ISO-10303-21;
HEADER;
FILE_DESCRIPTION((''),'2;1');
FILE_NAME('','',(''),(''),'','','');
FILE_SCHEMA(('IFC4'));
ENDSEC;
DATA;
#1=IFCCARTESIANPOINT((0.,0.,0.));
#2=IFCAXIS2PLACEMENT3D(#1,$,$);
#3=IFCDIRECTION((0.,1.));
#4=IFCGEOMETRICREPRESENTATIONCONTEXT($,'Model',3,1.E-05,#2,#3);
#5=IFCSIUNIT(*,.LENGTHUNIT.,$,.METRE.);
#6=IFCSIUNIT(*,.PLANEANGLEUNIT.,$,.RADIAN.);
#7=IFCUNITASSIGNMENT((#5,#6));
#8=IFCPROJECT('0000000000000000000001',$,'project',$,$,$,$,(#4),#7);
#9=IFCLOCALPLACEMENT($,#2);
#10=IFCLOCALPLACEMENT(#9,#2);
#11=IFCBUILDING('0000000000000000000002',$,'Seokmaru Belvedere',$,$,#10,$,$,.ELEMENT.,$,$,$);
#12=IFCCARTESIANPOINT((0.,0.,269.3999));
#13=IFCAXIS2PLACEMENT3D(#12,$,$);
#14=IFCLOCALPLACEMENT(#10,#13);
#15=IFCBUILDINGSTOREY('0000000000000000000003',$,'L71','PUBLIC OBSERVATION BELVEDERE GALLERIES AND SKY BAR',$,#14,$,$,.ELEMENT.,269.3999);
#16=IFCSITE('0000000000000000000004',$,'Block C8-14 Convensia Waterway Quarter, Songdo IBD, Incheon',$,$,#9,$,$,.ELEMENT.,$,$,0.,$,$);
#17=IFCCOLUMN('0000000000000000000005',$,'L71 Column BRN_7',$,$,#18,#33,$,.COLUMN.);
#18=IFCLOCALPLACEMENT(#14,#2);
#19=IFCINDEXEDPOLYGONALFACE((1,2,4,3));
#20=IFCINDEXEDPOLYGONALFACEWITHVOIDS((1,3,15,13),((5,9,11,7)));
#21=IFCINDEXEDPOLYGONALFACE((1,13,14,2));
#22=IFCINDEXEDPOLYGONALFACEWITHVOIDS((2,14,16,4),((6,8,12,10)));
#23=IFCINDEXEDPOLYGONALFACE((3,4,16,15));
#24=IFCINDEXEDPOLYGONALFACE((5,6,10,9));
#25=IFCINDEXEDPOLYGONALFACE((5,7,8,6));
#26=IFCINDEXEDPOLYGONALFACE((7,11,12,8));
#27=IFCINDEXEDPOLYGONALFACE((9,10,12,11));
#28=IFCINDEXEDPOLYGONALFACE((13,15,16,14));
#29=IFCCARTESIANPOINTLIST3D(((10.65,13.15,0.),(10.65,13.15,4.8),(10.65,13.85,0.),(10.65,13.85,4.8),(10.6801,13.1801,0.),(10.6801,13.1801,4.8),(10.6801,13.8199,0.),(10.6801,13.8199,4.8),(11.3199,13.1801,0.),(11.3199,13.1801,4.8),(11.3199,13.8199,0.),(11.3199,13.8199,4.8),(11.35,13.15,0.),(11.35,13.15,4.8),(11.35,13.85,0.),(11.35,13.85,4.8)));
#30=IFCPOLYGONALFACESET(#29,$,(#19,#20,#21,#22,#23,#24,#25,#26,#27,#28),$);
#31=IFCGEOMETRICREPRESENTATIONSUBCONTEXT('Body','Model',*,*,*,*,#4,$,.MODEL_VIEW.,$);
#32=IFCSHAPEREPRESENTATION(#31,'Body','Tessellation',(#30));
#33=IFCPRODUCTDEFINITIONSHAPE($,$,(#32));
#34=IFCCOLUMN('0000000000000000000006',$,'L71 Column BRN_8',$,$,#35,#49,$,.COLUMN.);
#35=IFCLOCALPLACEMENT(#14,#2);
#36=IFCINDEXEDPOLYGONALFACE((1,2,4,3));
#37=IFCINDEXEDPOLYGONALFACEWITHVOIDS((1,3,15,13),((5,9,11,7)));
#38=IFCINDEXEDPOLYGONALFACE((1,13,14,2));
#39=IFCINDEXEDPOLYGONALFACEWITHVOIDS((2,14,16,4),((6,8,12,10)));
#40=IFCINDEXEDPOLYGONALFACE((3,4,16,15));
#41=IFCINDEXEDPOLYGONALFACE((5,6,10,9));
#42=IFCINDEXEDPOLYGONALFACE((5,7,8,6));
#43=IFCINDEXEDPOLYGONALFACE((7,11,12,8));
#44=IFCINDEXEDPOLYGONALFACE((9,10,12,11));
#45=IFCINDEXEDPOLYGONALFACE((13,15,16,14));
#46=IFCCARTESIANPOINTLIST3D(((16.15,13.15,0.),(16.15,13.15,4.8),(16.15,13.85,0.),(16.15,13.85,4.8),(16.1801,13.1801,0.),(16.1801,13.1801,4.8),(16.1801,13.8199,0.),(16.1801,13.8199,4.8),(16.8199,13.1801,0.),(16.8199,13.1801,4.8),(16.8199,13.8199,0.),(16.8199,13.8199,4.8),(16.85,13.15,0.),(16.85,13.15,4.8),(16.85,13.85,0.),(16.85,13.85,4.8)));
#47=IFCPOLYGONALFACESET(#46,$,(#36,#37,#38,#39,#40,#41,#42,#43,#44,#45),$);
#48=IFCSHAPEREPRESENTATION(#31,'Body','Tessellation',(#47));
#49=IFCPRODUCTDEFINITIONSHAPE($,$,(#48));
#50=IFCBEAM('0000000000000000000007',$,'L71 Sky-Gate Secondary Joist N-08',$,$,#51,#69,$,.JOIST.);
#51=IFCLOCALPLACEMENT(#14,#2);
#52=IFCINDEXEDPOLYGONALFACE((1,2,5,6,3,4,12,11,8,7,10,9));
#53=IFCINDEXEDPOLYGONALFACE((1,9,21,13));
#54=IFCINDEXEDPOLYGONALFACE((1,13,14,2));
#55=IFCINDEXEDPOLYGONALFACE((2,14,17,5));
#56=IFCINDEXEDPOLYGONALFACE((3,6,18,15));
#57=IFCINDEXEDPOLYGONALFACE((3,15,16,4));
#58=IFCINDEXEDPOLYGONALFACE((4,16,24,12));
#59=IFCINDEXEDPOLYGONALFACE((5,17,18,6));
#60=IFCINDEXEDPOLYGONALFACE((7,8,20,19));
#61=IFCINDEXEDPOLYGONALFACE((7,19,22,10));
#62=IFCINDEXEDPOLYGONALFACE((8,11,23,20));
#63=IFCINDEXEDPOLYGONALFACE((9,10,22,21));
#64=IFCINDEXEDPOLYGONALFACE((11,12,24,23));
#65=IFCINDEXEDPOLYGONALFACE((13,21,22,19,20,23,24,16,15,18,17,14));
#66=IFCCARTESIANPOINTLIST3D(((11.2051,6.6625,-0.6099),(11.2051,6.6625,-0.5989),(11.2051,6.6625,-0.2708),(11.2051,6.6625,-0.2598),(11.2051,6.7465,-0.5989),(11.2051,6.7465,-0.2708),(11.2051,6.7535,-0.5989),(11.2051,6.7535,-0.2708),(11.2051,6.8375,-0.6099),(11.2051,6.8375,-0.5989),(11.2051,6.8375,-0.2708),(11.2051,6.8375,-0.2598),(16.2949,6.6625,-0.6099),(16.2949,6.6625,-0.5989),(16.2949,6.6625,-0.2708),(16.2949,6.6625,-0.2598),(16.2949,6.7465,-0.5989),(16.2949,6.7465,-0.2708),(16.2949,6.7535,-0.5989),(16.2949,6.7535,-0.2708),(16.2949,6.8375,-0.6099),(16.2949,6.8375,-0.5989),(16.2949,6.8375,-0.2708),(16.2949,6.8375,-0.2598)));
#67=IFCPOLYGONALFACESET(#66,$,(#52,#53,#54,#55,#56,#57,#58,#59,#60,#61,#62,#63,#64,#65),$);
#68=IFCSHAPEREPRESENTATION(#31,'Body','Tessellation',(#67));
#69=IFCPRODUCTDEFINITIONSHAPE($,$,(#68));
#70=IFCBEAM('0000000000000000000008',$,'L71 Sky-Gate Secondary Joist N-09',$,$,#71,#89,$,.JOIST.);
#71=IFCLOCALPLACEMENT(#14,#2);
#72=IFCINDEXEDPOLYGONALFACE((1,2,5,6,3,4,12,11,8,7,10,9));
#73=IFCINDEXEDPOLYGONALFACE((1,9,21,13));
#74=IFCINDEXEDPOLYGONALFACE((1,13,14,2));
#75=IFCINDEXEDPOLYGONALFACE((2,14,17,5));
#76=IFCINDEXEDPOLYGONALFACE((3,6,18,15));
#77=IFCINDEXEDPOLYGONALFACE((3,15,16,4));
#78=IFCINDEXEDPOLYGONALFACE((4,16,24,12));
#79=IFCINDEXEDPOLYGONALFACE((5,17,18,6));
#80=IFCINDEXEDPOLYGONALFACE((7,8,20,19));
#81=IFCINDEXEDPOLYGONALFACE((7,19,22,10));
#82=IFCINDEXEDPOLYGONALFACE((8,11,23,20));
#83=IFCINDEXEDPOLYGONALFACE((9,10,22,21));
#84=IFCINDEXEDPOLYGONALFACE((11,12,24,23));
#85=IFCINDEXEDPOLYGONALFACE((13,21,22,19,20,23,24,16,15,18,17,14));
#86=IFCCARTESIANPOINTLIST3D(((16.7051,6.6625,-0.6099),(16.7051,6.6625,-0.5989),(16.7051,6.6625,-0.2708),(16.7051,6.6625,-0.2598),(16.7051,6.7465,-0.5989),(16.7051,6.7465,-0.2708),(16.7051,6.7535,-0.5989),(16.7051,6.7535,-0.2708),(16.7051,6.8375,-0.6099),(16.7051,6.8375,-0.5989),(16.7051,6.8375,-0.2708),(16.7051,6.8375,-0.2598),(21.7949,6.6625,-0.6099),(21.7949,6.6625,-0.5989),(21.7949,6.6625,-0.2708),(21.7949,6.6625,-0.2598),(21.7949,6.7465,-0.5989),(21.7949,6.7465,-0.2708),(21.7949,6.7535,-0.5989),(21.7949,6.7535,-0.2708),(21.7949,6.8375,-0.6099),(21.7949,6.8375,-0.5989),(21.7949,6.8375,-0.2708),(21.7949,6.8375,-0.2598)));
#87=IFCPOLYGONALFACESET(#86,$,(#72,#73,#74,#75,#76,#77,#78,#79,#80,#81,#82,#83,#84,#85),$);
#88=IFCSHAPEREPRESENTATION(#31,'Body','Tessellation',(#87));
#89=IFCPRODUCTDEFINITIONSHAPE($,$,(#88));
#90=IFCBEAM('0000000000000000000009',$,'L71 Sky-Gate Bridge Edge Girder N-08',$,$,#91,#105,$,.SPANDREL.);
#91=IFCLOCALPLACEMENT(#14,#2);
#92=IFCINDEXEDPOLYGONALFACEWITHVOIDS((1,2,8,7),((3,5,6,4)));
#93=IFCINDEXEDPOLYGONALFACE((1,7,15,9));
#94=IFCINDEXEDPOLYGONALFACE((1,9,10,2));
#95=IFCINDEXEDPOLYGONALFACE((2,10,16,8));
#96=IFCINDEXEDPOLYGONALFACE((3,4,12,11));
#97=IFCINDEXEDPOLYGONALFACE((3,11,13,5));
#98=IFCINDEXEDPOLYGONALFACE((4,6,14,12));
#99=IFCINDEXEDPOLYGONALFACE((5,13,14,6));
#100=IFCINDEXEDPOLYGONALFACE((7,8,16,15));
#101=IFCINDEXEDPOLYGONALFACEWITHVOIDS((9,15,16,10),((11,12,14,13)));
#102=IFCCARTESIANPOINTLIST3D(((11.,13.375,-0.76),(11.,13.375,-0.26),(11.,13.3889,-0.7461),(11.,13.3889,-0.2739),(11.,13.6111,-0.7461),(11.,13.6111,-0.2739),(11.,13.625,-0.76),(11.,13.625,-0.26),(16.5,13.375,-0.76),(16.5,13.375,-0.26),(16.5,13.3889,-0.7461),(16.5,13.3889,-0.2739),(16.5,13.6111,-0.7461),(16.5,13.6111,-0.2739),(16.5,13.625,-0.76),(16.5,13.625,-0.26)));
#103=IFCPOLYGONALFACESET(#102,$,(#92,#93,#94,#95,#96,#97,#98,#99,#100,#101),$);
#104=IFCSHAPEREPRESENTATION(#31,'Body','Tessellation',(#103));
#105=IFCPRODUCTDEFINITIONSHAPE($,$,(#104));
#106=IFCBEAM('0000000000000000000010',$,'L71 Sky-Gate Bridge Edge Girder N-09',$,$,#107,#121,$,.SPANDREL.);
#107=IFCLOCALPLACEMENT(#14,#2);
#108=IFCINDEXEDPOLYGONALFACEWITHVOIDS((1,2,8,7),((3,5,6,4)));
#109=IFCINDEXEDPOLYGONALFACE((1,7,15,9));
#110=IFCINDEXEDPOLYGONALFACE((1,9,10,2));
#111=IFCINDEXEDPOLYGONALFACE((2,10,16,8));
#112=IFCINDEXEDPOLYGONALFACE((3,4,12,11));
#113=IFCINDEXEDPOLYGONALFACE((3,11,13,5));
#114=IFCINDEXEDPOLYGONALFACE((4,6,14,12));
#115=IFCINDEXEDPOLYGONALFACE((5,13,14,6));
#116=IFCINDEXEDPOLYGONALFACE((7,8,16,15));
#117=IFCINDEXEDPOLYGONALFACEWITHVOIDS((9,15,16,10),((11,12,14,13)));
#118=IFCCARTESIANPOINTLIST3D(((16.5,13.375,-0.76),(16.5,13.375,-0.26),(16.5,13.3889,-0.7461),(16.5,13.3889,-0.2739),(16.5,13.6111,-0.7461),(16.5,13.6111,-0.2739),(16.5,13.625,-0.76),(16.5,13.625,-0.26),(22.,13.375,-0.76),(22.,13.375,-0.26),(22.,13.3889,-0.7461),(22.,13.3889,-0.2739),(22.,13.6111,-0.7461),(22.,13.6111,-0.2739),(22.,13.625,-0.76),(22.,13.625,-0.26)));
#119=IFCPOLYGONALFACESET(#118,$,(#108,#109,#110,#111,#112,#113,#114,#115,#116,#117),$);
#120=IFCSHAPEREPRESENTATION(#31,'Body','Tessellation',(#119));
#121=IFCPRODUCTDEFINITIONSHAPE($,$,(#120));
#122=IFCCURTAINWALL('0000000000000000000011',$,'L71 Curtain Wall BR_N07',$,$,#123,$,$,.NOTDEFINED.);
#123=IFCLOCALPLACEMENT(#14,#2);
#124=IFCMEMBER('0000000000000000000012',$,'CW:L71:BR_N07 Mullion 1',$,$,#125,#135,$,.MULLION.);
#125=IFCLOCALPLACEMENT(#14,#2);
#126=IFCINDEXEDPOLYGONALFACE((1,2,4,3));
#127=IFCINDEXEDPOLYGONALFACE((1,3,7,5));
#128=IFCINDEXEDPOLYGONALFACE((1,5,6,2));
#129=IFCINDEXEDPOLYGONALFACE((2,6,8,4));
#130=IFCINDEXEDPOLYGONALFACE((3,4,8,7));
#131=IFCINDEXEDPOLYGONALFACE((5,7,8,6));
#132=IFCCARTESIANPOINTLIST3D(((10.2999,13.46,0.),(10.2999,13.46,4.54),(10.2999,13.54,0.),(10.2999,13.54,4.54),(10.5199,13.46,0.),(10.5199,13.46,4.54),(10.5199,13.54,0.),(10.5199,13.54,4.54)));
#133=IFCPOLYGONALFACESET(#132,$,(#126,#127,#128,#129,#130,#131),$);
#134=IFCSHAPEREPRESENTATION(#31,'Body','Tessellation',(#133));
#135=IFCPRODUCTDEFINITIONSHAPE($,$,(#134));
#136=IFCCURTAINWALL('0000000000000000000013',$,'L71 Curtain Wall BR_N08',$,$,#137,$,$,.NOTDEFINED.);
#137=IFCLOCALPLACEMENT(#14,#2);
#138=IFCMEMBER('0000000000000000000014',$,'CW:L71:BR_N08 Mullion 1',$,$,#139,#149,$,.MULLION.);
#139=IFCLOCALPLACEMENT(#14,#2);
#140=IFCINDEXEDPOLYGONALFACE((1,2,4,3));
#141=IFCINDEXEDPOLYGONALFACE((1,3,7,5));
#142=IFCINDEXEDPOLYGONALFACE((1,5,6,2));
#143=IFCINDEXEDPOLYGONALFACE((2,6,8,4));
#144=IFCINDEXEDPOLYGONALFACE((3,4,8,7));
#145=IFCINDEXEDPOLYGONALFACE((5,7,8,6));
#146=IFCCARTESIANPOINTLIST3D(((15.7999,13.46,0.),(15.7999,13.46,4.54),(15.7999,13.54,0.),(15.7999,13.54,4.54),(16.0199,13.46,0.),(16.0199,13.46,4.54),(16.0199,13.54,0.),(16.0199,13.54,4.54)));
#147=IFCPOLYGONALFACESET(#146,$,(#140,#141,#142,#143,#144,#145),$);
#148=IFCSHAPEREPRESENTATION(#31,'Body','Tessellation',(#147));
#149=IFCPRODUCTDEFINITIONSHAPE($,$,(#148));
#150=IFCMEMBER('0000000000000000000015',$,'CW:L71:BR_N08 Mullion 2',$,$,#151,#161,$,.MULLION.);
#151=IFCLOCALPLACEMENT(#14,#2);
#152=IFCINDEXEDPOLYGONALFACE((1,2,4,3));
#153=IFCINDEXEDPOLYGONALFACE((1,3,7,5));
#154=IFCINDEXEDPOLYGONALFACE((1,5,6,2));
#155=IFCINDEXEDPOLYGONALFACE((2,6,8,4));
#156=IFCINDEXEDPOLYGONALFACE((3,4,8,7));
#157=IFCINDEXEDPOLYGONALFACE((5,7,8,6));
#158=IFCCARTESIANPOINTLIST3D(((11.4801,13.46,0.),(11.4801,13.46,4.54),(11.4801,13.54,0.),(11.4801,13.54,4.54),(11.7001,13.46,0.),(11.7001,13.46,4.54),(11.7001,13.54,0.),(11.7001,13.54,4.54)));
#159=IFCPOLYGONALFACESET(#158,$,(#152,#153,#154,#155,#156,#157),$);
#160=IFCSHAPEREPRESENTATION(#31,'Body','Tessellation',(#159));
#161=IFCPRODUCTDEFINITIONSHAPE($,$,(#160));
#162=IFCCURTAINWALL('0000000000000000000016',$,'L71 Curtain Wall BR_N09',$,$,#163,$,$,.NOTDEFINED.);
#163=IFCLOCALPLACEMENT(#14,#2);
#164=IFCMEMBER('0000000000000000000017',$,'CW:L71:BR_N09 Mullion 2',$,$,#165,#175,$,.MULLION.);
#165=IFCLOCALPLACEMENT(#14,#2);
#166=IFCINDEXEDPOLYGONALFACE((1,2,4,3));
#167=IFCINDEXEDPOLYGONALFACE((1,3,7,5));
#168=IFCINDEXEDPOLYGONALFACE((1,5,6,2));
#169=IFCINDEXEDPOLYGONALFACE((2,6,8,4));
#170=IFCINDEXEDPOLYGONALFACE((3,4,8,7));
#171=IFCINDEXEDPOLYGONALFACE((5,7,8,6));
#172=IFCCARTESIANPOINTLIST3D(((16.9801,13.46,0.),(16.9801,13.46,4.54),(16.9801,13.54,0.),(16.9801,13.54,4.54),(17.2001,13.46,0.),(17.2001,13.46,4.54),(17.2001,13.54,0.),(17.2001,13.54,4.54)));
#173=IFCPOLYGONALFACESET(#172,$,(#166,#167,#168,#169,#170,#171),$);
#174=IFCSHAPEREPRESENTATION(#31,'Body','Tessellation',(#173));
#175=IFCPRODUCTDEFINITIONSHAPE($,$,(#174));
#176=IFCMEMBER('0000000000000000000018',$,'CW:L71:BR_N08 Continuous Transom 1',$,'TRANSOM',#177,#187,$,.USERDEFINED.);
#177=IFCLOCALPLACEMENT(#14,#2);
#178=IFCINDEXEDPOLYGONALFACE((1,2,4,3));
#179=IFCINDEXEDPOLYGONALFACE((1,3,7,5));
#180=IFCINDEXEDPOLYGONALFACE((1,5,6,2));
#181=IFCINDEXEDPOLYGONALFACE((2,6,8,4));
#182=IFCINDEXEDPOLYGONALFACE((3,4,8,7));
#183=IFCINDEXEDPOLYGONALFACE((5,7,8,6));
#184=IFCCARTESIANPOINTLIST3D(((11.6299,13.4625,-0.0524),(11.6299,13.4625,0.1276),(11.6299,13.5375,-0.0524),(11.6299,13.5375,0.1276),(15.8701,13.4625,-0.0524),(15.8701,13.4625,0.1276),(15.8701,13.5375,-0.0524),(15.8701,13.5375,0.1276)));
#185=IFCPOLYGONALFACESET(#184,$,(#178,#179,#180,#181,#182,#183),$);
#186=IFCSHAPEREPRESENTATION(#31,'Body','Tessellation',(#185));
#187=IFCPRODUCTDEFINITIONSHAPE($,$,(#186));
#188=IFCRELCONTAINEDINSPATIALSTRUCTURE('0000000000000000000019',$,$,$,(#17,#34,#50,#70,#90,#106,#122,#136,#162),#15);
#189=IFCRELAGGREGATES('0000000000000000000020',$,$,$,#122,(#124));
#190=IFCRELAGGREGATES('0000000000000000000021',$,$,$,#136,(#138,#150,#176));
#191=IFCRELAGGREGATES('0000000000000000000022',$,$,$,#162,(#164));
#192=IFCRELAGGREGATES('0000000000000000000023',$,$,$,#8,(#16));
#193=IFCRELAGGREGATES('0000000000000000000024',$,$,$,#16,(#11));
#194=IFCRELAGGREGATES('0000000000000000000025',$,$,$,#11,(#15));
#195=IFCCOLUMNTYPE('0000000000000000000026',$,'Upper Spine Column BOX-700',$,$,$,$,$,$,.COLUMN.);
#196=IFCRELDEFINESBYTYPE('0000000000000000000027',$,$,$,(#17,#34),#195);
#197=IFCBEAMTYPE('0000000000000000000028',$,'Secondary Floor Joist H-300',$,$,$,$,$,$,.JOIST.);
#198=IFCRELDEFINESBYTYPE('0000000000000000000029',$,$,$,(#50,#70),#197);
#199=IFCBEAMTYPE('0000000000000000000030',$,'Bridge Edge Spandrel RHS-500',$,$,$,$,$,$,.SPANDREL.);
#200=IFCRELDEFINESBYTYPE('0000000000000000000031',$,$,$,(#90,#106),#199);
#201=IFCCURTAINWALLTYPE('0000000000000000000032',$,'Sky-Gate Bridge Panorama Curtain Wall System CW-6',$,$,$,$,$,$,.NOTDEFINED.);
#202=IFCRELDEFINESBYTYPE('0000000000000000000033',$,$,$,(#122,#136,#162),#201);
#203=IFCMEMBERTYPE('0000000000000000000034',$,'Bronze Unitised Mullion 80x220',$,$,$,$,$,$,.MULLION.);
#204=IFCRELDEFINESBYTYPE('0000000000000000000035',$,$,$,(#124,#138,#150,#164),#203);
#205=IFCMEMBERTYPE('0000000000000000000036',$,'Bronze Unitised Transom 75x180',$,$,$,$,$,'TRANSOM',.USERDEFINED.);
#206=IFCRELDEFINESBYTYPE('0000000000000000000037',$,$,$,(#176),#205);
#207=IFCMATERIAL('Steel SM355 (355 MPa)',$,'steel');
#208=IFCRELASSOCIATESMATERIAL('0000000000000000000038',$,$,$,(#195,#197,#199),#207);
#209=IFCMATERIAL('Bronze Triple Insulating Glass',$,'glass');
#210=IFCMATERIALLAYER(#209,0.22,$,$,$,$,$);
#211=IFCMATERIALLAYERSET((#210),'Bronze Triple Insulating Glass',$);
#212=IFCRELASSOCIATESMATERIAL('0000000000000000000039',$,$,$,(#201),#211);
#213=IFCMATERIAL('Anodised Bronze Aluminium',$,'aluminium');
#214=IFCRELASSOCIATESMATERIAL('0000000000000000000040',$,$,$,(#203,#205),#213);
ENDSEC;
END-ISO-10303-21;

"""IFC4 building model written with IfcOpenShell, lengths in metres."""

from ifc_helpers import new_model, si_unit, direction, frame, origin, origin_2d, place, context, subcontext, project, spatial, rectangle, hollow_rectangle, i_section, extrude, source, transform, mapped, material, layer, layer_set, material_profile, profile_set, type_object, type_shapes, element, aggregate, save


model = new_model("IFC4")

# Units and contexts
model_context = context("Model", 3, precision=1e-05, world=origin(), true_north=direction((0.0, 1.0)))
body_context = subcontext(model_context, "Body", "Model", "MODEL_VIEW")
ifc_project = project(units=[si_unit("LENGTHUNIT", "METRE"), si_unit("PLANEANGLEUNIT", "RADIAN")], contexts=[model_context])

# Site, building, storey
site_placement = place(None, origin())
site = spatial("IfcSite", under=ifc_project, at=site_placement, Name="Block C8-14 Convensia Waterway Quarter, Songdo IBD, Incheon", CompositionType="ELEMENT", RefElevation=0.0)
building_placement = place(site_placement, origin())
building = spatial("IfcBuilding", under=site, at=building_placement, Name="Seokmaru Belvedere", CompositionType="ELEMENT")
storey_placement = place(building_placement, frame((0.0, 0.0, 269.3999)))
storey = spatial("IfcBuildingStorey", under=building, at=storey_placement, Name="L71", Description="PUBLIC OBSERVATION BELVEDERE GALLERIES AND SKY BAR", CompositionType="ELEMENT", Elevation=269.3999)

# Columns
ifc_material_1 = material(Name="Steel SM355 (355 MPa)", Category="steel")
ifc_material_profile_1 = material_profile(ifc_material_1, hollow_rectangle(XDim=0.7, YDim=0.7, WallThickness=0.03, at=origin_2d()), Name="BOX-700x700x30")
ifc_profile_set_1 = profile_set([ifc_material_profile_1], Name="Steel SM355 (355 MPa)")
column_type = type_object("IfcColumnType", Name="Upper Spine Column BOX-700", PredefinedType="COLUMN", material=ifc_profile_set_1)
shared_shape_1 = source(origin(), body_context, "Body", "SweptSolid", [
    extrude(hollow_rectangle(XDim=0.7, YDim=0.7, WallThickness=0.03, at=origin_2d()), origin(), (0.0, 0.0, 1.0), 4.8),
])
type_shapes(column_type, [shared_shape_1])
for number, where, z_axis, x_axis, name in (
    (1, (11.0, 13.5, 0.0), (0.0, 0.0, 1.0), (1.0, 0.0, 0.0), "L71 Column BRN_7"),
    (2, (16.5, 13.5, 0.0), (0.0, 0.0, 1.0), (1.0, 0.0, 0.0), "L71 Column BRN_8"),
):
    element("IfcColumn", number, at=place(storey_placement, frame(where, z_axis=z_axis, x_axis=x_axis)), inside=storey, type_object=column_type, Name=name, PredefinedType="COLUMN", context=body_context, shape_type="MappedRepresentation", body=[
        mapped(shared_shape_1, transform((0.0, 0.0, 0.0), scale=1.0)),
    ])

# Beams
ifc_material_profile_2 = material_profile(ifc_material_1, i_section(OverallWidth=0.175, OverallDepth=0.3501, WebThickness=0.0071, FlangeThickness=0.011, at=origin_2d()), Name="H-350x175x7x11")
ifc_profile_set_2 = profile_set([ifc_material_profile_2], Name="Steel SM355 (355 MPa)")
beam_type_1 = type_object("IfcBeamType", Name="Secondary Floor Joist H-300", PredefinedType="JOIST", material=ifc_profile_set_2)
shared_shape_2 = source(origin(), body_context, "Body", "SweptSolid", [
    extrude(i_section(OverallWidth=0.175, OverallDepth=0.3501, WebThickness=0.0071, FlangeThickness=0.011, at=origin_2d()), origin(), (0.0, 0.0, 1.0), 5.0898),
])
type_shapes(beam_type_1, [shared_shape_2])
for number, where, z_axis, x_axis, name in (
    (3, (11.2051, 6.75, -0.4348), (1.0, 0.0, 0.0), (0.0, 1.0, 0.0), "L71 Sky-Gate Secondary Joist N-08"),
    (4, (16.7051, 6.75, -0.4348), (1.0, 0.0, 0.0), (0.0, 1.0, 0.0), "L71 Sky-Gate Secondary Joist N-09"),
):
    element("IfcBeam", number, at=place(storey_placement, frame(where, z_axis=z_axis, x_axis=x_axis)), inside=storey, type_object=beam_type_1, Name=name, PredefinedType="JOIST", context=body_context, shape_type="MappedRepresentation", body=[
        mapped(shared_shape_2, transform((0.0, 0.0, 0.0), scale=1.0)),
    ])
ifc_material_profile_3 = material_profile(ifc_material_1, hollow_rectangle(XDim=0.25, YDim=0.5, WallThickness=0.0139, at=origin_2d()), Name="RHS-500x250x14")
ifc_profile_set_3 = profile_set([ifc_material_profile_3], Name="Steel SM355 (355 MPa)")
beam_type_2 = type_object("IfcBeamType", Name="Bridge Edge Spandrel RHS-500", PredefinedType="SPANDREL", material=ifc_profile_set_3)
shared_shape_3 = source(origin(), body_context, "Body", "SweptSolid", [
    extrude(hollow_rectangle(XDim=0.25, YDim=0.5, WallThickness=0.0139, at=origin_2d()), origin(), (0.0, 0.0, 1.0), 5.5),
])
type_shapes(beam_type_2, [shared_shape_3])
for number, where, z_axis, x_axis, name in (
    (5, (11.0, 13.5, -0.51), (1.0, 0.0, 0.0), (0.0, 1.0, 0.0), "L71 Sky-Gate Bridge Edge Girder N-08"),
    (6, (16.5, 13.5, -0.51), (1.0, 0.0, 0.0), (0.0, 1.0, 0.0), "L71 Sky-Gate Bridge Edge Girder N-09"),
):
    element("IfcBeam", number, at=place(storey_placement, frame(where, z_axis=z_axis, x_axis=x_axis)), inside=storey, type_object=beam_type_2, Name=name, PredefinedType="SPANDREL", context=body_context, shape_type="MappedRepresentation", body=[
        mapped(shared_shape_3, transform((0.0, 0.0, 0.0), scale=1.0)),
    ])

# Curtain wall, member
ifc_material_2 = material(Name="Bronze Triple Insulating Glass", Category="glass")
ifc_layer_1 = layer(ifc_material_2, 0.22)
ifc_layer_set_1 = layer_set([ifc_layer_1], Name="Bronze Triple Insulating Glass")
curtain_wall_type = type_object("IfcCurtainWallType", Name="Sky-Gate Bridge Panorama Curtain Wall System CW-6", PredefinedType="NOTDEFINED", material=ifc_layer_set_1)
curtain_wall_1_placement = place(storey_placement, origin())
curtain_wall_1 = element("IfcCurtainWall", 7, at=curtain_wall_1_placement, inside=storey, type_object=curtain_wall_type, Name="L71 Curtain Wall BR_N07", PredefinedType="NOTDEFINED")
ifc_material_3 = material(Name="Anodised Bronze Aluminium", Category="aluminium")
ifc_material_profile_4 = material_profile(ifc_material_3, rectangle(XDim=0.0801, YDim=0.22, at=origin_2d()), Name="CW-M-80x220")
ifc_profile_set_4 = profile_set([ifc_material_profile_4], Name="Anodised Bronze Aluminium")
member_type_1 = type_object("IfcMemberType", Name="Bronze Unitised Mullion 80x220", PredefinedType="MULLION", material=ifc_profile_set_4)
shared_shape_4 = source(origin(), body_context, "Body", "SweptSolid", [
    extrude(rectangle(XDim=0.0801, YDim=0.22, at=origin_2d()), origin(), (0.0, 0.0, 1.0), 4.54),
])
type_shapes(member_type_1, [shared_shape_4])
member_1_placement = place(storey_placement, frame((10.4099, 13.5, 0.0), z_axis=(0.0, 0.0, 1.0), x_axis=(0.0, -1.0, 0.0)))
member_1 = element("IfcMember", 8, at=member_1_placement, type_object=member_type_1, Name="CW:L71:BR_N07 Mullion 1", PredefinedType="MULLION", context=body_context, shape_type="MappedRepresentation", body=[
    mapped(shared_shape_4, transform((0.0, 0.0, 0.0), scale=1.0)),
])
aggregate(curtain_wall_1, [member_1])

# Curtain wall, members
curtain_wall_2_placement = place(storey_placement, origin())
curtain_wall_2 = element("IfcCurtainWall", 9, at=curtain_wall_2_placement, inside=storey, type_object=curtain_wall_type, Name="L71 Curtain Wall BR_N08", PredefinedType="NOTDEFINED")
member_2_placement = place(storey_placement, frame((15.9099, 13.5, 0.0), z_axis=(0.0, 0.0, 1.0), x_axis=(0.0, -1.0, 0.0)))
member_2 = element("IfcMember", 10, at=member_2_placement, type_object=member_type_1, Name="CW:L71:BR_N08 Mullion 1", PredefinedType="MULLION", context=body_context, shape_type="MappedRepresentation", body=[
    mapped(shared_shape_4, transform((0.0, 0.0, 0.0), scale=1.0)),
])
member_3_placement = place(storey_placement, frame((11.5901, 13.5, 0.0), z_axis=(0.0, 0.0, 1.0), x_axis=(0.0, -1.0, 0.0)))
member_3 = element("IfcMember", 11, at=member_3_placement, type_object=member_type_1, Name="CW:L71:BR_N08 Mullion 2", PredefinedType="MULLION", context=body_context, shape_type="MappedRepresentation", body=[
    mapped(shared_shape_4, transform((0.0, 0.0, 0.0), scale=1.0)),
])

# Curtain wall, member
curtain_wall_3_placement = place(storey_placement, origin())
curtain_wall_3 = element("IfcCurtainWall", 12, at=curtain_wall_3_placement, inside=storey, type_object=curtain_wall_type, Name="L71 Curtain Wall BR_N09", PredefinedType="NOTDEFINED")
member_4_placement = place(storey_placement, frame((17.0901, 13.5, 0.0), z_axis=(0.0, 0.0, 1.0), x_axis=(0.0, -1.0, 0.0)))
member_4 = element("IfcMember", 13, at=member_4_placement, type_object=member_type_1, Name="CW:L71:BR_N09 Mullion 2", PredefinedType="MULLION", context=body_context, shape_type="MappedRepresentation", body=[
    mapped(shared_shape_4, transform((0.0, 0.0, 0.0), scale=1.0)),
])

# Member
ifc_material_profile_5 = material_profile(ifc_material_3, rectangle(XDim=0.075, YDim=0.1799, at=origin_2d()), Name="CW-T-75x180")
ifc_profile_set_5 = profile_set([ifc_material_profile_5], Name="Anodised Bronze Aluminium")
member_type_2 = type_object("IfcMemberType", Name="Bronze Unitised Transom 75x180", ElementType="TRANSOM", PredefinedType="USERDEFINED", material=ifc_profile_set_5)
shared_shape_5 = source(origin(), body_context, "Body", "SweptSolid", [
    extrude(rectangle(XDim=0.075, YDim=0.1799, at=origin_2d()), origin(), (0.0, 0.0, 1.0), 4.2402),
])
type_shapes(member_type_2, [shared_shape_5])
member_5_placement = place(storey_placement, frame((15.8701, 13.5, 0.0376), z_axis=(-1.0, 0.0, 0.0), x_axis=(0.0, -1.0, 0.0)))
member_5 = element("IfcMember", 14, at=member_5_placement, type_object=member_type_2, Name="CW:L71:BR_N08 Continuous Transom 1", ObjectType="TRANSOM", PredefinedType="USERDEFINED", context=body_context, shape_type="MappedRepresentation", body=[
    mapped(shared_shape_5, transform((0.0, 0.0, 0.0), scale=1.0)),
])

aggregate(curtain_wall_2, [member_2, member_3, member_5])
aggregate(curtain_wall_3, [member_4])

save(model, "model.ifc")
